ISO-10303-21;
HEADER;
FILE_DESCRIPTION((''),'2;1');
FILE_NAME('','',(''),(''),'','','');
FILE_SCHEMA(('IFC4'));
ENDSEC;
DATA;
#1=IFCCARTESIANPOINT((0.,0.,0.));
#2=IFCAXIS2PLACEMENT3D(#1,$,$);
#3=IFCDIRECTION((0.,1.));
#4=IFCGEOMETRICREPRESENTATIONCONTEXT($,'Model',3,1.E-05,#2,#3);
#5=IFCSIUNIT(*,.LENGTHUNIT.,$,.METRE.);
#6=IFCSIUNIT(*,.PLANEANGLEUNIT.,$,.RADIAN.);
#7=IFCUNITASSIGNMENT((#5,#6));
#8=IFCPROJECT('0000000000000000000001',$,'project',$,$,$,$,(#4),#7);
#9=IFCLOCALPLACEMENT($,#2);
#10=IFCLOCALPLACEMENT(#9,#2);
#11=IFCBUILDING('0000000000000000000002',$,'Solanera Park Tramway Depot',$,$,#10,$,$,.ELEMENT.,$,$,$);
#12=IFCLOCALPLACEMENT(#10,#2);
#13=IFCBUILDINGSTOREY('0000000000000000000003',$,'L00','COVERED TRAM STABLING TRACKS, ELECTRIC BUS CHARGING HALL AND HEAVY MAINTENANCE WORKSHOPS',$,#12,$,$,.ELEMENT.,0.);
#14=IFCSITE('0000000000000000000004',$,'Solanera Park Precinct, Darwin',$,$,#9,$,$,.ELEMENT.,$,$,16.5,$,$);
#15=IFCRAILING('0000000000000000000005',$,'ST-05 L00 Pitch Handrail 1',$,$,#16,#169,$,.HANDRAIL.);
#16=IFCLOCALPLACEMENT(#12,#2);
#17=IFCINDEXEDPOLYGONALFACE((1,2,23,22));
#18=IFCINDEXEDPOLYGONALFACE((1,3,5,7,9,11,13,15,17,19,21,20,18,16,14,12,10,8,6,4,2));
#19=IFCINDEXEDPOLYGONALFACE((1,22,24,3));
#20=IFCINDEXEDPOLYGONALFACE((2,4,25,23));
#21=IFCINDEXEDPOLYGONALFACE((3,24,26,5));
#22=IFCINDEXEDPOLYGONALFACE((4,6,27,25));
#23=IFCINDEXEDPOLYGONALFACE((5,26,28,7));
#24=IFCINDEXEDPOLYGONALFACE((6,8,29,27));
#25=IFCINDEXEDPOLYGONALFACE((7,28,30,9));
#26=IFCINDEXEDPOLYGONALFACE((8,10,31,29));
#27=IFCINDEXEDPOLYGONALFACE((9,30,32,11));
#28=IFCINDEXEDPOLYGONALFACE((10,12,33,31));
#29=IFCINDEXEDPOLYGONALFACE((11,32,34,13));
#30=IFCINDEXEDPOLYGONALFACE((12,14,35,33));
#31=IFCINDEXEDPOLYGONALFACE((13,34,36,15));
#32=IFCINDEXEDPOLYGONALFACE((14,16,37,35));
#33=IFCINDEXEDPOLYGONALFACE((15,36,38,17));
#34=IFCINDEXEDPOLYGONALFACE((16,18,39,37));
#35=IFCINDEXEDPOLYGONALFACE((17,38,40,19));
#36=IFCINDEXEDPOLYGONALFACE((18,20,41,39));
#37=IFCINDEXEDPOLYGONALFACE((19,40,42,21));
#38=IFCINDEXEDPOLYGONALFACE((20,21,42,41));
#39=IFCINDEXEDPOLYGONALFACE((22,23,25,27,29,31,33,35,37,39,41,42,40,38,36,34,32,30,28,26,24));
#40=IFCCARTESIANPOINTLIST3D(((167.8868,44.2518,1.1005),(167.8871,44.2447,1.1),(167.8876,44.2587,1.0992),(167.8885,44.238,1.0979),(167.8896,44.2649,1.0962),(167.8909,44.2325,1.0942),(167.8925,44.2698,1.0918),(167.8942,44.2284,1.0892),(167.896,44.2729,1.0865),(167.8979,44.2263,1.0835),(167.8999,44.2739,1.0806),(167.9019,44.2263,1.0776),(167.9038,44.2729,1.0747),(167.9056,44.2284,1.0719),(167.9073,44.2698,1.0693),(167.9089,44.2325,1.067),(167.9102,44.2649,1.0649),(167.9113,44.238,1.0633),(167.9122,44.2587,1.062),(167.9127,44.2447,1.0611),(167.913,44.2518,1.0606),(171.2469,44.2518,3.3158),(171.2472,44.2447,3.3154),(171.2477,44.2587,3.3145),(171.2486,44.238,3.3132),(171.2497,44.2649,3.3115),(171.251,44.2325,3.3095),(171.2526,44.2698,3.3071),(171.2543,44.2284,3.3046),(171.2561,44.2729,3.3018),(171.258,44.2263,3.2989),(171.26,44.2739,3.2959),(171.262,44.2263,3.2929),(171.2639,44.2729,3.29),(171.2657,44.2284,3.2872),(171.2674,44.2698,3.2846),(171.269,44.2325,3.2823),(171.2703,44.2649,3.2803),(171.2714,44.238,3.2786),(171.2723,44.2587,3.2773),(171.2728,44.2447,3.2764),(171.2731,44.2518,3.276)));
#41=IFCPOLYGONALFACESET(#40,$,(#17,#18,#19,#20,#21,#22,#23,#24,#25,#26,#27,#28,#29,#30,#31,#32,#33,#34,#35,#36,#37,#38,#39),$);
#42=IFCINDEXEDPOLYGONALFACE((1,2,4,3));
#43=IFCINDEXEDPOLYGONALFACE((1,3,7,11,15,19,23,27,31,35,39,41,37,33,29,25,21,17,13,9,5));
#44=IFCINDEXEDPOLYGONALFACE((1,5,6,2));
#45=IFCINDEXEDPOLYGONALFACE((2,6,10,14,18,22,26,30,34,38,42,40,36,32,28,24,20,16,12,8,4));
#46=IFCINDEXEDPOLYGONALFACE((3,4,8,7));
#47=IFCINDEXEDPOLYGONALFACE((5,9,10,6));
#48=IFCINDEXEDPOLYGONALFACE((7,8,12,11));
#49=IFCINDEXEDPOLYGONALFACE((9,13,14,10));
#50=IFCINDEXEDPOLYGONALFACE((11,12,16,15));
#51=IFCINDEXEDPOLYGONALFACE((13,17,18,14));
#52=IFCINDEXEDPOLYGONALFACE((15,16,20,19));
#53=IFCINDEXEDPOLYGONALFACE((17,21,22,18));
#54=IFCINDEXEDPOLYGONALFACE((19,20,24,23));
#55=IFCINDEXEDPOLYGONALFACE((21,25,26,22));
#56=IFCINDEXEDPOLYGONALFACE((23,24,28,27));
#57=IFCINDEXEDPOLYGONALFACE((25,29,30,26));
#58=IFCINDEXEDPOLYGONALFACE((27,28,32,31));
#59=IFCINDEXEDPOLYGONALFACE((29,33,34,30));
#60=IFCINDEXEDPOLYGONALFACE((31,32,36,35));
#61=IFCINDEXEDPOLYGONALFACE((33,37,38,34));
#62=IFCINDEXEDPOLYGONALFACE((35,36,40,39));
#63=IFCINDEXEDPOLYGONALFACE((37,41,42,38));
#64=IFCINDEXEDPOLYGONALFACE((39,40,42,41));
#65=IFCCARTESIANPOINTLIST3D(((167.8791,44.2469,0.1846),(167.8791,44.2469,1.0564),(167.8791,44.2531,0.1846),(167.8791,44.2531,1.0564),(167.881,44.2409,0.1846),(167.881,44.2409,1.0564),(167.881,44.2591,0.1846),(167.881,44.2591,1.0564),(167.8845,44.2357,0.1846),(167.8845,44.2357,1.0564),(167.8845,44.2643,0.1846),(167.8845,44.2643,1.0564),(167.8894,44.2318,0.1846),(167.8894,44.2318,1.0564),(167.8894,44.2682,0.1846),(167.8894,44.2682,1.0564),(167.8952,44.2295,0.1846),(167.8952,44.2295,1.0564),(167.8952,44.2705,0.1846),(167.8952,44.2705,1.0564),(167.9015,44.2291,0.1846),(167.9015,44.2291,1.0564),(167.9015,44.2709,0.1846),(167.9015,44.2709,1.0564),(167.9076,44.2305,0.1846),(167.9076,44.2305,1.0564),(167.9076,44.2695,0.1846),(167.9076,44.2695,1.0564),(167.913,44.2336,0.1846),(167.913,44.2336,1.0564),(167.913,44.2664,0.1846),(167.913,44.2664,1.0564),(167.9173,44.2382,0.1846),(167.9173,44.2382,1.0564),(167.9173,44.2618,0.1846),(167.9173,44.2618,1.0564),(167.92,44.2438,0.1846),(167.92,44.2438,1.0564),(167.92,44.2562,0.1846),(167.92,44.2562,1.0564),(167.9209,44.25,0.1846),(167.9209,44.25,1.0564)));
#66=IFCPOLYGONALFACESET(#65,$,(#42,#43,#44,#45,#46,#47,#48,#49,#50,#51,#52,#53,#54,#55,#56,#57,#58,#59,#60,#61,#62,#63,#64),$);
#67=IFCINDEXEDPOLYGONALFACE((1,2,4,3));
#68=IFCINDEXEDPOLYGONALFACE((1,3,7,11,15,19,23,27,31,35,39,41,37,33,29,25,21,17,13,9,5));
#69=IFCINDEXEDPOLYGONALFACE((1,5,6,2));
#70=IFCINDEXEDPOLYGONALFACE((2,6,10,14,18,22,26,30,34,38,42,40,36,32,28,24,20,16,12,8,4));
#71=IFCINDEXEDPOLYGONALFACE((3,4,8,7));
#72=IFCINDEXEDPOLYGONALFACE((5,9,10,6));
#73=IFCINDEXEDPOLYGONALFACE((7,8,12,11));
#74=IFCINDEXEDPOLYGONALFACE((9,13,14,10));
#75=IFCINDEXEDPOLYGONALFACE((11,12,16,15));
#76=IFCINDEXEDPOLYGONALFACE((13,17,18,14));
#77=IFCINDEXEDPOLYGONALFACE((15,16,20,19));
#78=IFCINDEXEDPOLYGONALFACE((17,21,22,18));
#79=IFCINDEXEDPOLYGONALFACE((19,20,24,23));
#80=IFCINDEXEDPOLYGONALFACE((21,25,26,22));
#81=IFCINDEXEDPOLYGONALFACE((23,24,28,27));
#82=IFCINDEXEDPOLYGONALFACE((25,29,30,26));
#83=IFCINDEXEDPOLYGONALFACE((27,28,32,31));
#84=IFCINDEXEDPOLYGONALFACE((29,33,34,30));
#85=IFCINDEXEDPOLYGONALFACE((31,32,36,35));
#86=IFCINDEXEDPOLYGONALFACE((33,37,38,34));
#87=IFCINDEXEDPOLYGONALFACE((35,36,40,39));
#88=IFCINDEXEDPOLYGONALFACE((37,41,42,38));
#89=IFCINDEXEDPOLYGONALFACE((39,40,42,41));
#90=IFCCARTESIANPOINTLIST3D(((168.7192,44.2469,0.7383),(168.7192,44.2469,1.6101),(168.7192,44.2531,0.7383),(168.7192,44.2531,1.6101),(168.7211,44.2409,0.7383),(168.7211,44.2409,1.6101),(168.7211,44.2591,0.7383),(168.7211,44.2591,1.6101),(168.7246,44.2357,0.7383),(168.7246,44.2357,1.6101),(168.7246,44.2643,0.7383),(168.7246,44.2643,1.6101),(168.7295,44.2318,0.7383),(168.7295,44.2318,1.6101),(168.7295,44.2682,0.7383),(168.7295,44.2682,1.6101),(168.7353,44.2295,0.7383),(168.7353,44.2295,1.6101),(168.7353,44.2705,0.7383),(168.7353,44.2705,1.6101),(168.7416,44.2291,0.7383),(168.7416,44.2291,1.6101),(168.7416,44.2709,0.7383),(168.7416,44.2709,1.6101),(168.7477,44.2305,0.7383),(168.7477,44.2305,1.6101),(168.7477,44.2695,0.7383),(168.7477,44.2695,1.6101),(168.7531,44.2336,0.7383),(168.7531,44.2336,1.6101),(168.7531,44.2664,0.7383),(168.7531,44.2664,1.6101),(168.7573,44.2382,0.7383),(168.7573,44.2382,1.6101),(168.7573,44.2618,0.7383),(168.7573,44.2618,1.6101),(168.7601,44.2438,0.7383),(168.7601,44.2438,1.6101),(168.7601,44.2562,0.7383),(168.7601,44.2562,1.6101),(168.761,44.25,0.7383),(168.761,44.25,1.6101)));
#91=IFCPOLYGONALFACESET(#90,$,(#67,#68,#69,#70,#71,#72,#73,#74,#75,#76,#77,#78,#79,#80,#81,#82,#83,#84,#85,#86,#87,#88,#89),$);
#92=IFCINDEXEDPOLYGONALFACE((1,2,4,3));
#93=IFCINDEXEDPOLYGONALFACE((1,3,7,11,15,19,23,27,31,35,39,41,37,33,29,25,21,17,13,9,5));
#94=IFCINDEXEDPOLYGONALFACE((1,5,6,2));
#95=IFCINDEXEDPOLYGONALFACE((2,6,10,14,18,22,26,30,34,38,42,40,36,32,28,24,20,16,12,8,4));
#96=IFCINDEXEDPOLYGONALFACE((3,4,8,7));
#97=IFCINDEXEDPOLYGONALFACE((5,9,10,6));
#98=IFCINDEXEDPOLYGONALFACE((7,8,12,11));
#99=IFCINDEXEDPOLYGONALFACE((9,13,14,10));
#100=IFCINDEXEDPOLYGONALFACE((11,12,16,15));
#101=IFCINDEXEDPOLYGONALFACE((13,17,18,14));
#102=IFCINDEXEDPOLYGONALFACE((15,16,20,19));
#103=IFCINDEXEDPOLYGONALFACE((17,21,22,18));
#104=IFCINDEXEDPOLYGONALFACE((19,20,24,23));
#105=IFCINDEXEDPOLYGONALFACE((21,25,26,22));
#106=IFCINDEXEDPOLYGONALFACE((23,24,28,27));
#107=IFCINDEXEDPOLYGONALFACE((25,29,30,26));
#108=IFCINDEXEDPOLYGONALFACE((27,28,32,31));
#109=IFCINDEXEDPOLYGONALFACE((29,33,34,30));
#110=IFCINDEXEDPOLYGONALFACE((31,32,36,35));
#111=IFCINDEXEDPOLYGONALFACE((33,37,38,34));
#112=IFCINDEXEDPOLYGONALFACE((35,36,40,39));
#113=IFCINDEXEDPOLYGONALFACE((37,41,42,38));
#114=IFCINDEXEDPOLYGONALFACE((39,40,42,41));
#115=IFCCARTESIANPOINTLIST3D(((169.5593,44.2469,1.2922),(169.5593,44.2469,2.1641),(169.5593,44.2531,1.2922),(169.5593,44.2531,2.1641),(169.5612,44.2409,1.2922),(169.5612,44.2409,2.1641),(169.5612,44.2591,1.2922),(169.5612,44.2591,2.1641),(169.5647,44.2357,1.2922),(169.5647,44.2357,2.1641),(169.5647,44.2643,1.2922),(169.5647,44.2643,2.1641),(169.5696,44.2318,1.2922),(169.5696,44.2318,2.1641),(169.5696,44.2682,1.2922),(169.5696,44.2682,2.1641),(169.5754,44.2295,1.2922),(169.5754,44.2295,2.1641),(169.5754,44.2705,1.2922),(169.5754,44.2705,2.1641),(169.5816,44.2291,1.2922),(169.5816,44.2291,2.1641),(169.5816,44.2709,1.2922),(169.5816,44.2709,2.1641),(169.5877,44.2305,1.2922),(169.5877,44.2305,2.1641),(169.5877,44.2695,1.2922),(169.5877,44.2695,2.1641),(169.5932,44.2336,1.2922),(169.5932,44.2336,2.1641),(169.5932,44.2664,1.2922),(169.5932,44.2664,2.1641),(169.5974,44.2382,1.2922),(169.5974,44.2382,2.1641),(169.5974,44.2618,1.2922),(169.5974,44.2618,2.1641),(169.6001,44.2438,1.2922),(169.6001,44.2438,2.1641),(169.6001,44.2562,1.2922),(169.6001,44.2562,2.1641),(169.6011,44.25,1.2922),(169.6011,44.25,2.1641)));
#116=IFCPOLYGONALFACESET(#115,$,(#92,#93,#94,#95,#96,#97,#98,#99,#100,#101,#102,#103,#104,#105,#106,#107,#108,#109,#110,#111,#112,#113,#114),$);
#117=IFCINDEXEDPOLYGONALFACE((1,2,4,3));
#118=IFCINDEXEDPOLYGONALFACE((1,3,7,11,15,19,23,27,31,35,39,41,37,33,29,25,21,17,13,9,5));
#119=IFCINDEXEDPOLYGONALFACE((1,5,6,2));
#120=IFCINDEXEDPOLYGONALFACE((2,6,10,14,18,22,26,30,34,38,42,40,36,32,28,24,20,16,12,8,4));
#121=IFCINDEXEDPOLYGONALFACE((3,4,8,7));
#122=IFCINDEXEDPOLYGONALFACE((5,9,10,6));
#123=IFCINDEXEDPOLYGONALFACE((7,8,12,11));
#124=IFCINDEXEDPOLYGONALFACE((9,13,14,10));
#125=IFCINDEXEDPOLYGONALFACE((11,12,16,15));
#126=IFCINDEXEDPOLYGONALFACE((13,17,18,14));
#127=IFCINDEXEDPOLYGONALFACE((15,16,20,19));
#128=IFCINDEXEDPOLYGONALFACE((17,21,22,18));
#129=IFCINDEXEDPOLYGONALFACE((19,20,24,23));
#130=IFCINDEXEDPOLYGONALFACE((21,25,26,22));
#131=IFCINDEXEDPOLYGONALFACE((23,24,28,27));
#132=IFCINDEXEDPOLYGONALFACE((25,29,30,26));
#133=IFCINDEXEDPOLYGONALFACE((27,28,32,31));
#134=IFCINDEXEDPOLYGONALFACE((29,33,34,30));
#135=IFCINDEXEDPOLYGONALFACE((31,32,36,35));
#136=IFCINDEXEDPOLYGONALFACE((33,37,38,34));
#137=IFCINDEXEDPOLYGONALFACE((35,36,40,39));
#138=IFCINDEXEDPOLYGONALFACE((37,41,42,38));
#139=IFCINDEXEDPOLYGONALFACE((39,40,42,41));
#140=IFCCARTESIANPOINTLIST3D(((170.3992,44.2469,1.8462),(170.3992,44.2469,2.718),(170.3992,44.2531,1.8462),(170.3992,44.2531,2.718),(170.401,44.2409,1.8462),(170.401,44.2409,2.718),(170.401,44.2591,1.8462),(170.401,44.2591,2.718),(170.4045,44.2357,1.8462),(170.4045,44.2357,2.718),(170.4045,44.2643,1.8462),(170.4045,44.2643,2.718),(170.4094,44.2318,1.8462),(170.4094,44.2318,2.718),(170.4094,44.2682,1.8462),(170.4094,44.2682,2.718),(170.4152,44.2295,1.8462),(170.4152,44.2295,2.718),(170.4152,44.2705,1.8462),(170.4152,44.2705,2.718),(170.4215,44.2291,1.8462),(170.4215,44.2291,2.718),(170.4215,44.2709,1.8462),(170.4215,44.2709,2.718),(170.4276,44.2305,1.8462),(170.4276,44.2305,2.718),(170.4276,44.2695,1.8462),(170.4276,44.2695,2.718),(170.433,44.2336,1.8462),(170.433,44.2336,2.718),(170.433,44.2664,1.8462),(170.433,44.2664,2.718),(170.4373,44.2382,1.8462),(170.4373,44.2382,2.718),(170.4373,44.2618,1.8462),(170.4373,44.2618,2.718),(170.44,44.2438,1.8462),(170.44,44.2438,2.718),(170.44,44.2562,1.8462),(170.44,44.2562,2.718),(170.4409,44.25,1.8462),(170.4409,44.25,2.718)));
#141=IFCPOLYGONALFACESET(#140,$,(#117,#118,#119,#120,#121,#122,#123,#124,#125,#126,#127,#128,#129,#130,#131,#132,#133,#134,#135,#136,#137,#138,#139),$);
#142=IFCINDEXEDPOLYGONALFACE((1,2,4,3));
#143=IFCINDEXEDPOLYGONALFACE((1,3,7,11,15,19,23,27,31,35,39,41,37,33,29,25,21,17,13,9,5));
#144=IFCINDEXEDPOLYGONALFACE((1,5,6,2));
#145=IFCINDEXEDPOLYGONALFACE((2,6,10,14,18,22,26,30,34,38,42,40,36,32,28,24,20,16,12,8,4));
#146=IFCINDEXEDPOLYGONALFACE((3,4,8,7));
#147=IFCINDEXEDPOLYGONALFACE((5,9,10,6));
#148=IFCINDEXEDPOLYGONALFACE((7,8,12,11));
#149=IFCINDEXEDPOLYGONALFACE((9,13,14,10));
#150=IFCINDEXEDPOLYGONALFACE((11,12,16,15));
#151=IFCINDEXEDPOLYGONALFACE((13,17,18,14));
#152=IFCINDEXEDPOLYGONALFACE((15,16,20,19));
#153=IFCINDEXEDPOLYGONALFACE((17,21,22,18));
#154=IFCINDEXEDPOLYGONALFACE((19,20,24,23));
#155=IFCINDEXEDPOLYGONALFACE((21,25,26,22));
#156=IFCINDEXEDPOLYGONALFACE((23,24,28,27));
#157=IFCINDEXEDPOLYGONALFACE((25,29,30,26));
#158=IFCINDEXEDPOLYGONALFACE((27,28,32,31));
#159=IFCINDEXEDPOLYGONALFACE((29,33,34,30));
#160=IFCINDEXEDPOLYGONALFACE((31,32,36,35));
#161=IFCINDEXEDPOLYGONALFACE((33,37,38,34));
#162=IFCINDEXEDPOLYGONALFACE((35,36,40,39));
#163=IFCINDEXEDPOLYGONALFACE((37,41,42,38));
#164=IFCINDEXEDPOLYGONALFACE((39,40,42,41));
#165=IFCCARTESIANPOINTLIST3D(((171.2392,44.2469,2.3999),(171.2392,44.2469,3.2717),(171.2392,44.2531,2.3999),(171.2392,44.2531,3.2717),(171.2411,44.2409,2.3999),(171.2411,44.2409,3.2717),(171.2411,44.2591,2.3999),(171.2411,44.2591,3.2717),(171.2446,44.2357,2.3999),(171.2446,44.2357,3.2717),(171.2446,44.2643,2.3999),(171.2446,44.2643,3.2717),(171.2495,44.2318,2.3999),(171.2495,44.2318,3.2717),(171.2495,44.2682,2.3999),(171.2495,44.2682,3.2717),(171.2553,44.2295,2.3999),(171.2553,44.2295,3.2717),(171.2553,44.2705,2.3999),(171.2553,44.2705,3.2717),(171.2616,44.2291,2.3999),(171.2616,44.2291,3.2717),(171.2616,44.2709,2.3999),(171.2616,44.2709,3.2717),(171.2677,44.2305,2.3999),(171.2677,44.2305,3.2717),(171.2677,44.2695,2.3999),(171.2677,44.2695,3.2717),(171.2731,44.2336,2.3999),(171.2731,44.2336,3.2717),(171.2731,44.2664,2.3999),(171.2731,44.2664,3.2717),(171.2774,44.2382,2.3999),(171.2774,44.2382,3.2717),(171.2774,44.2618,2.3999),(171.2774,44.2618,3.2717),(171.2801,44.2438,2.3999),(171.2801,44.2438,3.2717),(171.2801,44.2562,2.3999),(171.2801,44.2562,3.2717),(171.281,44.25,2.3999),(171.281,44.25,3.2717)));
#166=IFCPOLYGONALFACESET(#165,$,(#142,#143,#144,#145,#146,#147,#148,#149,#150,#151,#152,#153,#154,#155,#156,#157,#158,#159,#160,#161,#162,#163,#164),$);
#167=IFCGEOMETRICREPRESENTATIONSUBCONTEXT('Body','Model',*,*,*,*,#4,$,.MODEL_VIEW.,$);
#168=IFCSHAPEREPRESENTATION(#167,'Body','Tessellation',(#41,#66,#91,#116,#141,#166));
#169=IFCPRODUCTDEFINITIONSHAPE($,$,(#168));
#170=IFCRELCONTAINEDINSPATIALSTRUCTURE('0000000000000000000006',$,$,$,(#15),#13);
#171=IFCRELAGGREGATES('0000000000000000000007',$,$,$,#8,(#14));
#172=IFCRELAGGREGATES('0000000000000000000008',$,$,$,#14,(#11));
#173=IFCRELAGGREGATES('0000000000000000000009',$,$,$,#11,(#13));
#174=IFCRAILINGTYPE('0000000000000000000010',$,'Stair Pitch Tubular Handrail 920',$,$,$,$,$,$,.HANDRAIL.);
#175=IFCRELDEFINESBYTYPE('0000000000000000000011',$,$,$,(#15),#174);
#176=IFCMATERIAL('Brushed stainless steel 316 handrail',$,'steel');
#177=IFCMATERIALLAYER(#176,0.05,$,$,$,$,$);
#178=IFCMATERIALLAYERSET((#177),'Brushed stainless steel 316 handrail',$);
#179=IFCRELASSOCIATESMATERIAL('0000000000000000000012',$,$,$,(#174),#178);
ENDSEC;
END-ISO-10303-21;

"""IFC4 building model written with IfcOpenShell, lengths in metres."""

from ifc_helpers import new_model, si_unit, direction, frame, origin, origin_2d, place, context, subcontext, project, spatial, circle, extrude, material, layer, layer_set, type_object, element, save


model = new_model("IFC4")

# Units and contexts
model_context = context("Model", 3, precision=1e-05, world=origin(), true_north=direction((0.0, 1.0)))
body_context = subcontext(model_context, "Body", "Model", "MODEL_VIEW")
ifc_project = project(units=[si_unit("LENGTHUNIT", "METRE"), si_unit("PLANEANGLEUNIT", "RADIAN")], contexts=[model_context])

# Site, building, storey
site_placement = place(None, origin())
site = spatial("IfcSite", under=ifc_project, at=site_placement, Name="Solanera Park Precinct, Darwin", CompositionType="ELEMENT", RefElevation=16.5)
building_placement = place(site_placement, origin())
building = spatial("IfcBuilding", under=site, at=building_placement, Name="Solanera Park Tramway Depot", CompositionType="ELEMENT")
storey_placement = place(building_placement, origin())
storey = spatial("IfcBuildingStorey", under=building, at=storey_placement, Name="L00", Description="COVERED TRAM STABLING TRACKS, ELECTRIC BUS CHARGING HALL AND HEAVY MAINTENANCE WORKSHOPS", CompositionType="ELEMENT", Elevation=0.0)

# Railing
ifc_material_1 = material(Name="Brushed stainless steel 316 handrail", Category="steel")
ifc_layer_1 = layer(ifc_material_1, 0.05)
ifc_layer_set_1 = layer_set([ifc_layer_1], Name="Brushed stainless steel 316 handrail")
railing_type_1 = type_object("IfcRailingType", Name="Stair Pitch Tubular Handrail 920", PredefinedType="HANDRAIL", material=ifc_layer_set_1)
railing_placement = place(storey_placement, frame((167.8999, 44.25, 0.1846)))
element("IfcRailing", 1, at=railing_placement, inside=storey, type_object=railing_type_1, Name="ST-05 L00 Pitch Handrail 1", PredefinedType="HANDRAIL", context=body_context, shape_type="SweptSolid", body=[
    extrude(circle(Radius=0.0239, at=origin_2d()), frame((0.0, 0.0, 0.896), z_axis=(0.834876, 0.0, 0.550437), x_axis=(0.0, 1.0, 0.0)), (0.0, 0.0, 1.0), 4.0247),
    extrude(circle(Radius=0.021, at=origin_2d()), origin(), (0.0, 0.0, 1.0), 0.8718),
    extrude(circle(Radius=0.021, at=origin_2d()), frame((0.8401, 0.0, 0.5537)), (0.0, 0.0, 1.0), 0.8718),
    extrude(circle(Radius=0.021, at=origin_2d()), frame((1.6802, 0.0, 1.1077)), (0.0, 0.0, 1.0), 0.8718),
    extrude(circle(Radius=0.021, at=origin_2d()), frame((2.52, 0.0, 1.6616)), (0.0, 0.0, 1.0), 0.8718),
    extrude(circle(Radius=0.021, at=origin_2d()), frame((3.3601, 0.0, 2.2153)), (0.0, 0.0, 1.0), 0.8718),
])

save(model, "model.ifc")
